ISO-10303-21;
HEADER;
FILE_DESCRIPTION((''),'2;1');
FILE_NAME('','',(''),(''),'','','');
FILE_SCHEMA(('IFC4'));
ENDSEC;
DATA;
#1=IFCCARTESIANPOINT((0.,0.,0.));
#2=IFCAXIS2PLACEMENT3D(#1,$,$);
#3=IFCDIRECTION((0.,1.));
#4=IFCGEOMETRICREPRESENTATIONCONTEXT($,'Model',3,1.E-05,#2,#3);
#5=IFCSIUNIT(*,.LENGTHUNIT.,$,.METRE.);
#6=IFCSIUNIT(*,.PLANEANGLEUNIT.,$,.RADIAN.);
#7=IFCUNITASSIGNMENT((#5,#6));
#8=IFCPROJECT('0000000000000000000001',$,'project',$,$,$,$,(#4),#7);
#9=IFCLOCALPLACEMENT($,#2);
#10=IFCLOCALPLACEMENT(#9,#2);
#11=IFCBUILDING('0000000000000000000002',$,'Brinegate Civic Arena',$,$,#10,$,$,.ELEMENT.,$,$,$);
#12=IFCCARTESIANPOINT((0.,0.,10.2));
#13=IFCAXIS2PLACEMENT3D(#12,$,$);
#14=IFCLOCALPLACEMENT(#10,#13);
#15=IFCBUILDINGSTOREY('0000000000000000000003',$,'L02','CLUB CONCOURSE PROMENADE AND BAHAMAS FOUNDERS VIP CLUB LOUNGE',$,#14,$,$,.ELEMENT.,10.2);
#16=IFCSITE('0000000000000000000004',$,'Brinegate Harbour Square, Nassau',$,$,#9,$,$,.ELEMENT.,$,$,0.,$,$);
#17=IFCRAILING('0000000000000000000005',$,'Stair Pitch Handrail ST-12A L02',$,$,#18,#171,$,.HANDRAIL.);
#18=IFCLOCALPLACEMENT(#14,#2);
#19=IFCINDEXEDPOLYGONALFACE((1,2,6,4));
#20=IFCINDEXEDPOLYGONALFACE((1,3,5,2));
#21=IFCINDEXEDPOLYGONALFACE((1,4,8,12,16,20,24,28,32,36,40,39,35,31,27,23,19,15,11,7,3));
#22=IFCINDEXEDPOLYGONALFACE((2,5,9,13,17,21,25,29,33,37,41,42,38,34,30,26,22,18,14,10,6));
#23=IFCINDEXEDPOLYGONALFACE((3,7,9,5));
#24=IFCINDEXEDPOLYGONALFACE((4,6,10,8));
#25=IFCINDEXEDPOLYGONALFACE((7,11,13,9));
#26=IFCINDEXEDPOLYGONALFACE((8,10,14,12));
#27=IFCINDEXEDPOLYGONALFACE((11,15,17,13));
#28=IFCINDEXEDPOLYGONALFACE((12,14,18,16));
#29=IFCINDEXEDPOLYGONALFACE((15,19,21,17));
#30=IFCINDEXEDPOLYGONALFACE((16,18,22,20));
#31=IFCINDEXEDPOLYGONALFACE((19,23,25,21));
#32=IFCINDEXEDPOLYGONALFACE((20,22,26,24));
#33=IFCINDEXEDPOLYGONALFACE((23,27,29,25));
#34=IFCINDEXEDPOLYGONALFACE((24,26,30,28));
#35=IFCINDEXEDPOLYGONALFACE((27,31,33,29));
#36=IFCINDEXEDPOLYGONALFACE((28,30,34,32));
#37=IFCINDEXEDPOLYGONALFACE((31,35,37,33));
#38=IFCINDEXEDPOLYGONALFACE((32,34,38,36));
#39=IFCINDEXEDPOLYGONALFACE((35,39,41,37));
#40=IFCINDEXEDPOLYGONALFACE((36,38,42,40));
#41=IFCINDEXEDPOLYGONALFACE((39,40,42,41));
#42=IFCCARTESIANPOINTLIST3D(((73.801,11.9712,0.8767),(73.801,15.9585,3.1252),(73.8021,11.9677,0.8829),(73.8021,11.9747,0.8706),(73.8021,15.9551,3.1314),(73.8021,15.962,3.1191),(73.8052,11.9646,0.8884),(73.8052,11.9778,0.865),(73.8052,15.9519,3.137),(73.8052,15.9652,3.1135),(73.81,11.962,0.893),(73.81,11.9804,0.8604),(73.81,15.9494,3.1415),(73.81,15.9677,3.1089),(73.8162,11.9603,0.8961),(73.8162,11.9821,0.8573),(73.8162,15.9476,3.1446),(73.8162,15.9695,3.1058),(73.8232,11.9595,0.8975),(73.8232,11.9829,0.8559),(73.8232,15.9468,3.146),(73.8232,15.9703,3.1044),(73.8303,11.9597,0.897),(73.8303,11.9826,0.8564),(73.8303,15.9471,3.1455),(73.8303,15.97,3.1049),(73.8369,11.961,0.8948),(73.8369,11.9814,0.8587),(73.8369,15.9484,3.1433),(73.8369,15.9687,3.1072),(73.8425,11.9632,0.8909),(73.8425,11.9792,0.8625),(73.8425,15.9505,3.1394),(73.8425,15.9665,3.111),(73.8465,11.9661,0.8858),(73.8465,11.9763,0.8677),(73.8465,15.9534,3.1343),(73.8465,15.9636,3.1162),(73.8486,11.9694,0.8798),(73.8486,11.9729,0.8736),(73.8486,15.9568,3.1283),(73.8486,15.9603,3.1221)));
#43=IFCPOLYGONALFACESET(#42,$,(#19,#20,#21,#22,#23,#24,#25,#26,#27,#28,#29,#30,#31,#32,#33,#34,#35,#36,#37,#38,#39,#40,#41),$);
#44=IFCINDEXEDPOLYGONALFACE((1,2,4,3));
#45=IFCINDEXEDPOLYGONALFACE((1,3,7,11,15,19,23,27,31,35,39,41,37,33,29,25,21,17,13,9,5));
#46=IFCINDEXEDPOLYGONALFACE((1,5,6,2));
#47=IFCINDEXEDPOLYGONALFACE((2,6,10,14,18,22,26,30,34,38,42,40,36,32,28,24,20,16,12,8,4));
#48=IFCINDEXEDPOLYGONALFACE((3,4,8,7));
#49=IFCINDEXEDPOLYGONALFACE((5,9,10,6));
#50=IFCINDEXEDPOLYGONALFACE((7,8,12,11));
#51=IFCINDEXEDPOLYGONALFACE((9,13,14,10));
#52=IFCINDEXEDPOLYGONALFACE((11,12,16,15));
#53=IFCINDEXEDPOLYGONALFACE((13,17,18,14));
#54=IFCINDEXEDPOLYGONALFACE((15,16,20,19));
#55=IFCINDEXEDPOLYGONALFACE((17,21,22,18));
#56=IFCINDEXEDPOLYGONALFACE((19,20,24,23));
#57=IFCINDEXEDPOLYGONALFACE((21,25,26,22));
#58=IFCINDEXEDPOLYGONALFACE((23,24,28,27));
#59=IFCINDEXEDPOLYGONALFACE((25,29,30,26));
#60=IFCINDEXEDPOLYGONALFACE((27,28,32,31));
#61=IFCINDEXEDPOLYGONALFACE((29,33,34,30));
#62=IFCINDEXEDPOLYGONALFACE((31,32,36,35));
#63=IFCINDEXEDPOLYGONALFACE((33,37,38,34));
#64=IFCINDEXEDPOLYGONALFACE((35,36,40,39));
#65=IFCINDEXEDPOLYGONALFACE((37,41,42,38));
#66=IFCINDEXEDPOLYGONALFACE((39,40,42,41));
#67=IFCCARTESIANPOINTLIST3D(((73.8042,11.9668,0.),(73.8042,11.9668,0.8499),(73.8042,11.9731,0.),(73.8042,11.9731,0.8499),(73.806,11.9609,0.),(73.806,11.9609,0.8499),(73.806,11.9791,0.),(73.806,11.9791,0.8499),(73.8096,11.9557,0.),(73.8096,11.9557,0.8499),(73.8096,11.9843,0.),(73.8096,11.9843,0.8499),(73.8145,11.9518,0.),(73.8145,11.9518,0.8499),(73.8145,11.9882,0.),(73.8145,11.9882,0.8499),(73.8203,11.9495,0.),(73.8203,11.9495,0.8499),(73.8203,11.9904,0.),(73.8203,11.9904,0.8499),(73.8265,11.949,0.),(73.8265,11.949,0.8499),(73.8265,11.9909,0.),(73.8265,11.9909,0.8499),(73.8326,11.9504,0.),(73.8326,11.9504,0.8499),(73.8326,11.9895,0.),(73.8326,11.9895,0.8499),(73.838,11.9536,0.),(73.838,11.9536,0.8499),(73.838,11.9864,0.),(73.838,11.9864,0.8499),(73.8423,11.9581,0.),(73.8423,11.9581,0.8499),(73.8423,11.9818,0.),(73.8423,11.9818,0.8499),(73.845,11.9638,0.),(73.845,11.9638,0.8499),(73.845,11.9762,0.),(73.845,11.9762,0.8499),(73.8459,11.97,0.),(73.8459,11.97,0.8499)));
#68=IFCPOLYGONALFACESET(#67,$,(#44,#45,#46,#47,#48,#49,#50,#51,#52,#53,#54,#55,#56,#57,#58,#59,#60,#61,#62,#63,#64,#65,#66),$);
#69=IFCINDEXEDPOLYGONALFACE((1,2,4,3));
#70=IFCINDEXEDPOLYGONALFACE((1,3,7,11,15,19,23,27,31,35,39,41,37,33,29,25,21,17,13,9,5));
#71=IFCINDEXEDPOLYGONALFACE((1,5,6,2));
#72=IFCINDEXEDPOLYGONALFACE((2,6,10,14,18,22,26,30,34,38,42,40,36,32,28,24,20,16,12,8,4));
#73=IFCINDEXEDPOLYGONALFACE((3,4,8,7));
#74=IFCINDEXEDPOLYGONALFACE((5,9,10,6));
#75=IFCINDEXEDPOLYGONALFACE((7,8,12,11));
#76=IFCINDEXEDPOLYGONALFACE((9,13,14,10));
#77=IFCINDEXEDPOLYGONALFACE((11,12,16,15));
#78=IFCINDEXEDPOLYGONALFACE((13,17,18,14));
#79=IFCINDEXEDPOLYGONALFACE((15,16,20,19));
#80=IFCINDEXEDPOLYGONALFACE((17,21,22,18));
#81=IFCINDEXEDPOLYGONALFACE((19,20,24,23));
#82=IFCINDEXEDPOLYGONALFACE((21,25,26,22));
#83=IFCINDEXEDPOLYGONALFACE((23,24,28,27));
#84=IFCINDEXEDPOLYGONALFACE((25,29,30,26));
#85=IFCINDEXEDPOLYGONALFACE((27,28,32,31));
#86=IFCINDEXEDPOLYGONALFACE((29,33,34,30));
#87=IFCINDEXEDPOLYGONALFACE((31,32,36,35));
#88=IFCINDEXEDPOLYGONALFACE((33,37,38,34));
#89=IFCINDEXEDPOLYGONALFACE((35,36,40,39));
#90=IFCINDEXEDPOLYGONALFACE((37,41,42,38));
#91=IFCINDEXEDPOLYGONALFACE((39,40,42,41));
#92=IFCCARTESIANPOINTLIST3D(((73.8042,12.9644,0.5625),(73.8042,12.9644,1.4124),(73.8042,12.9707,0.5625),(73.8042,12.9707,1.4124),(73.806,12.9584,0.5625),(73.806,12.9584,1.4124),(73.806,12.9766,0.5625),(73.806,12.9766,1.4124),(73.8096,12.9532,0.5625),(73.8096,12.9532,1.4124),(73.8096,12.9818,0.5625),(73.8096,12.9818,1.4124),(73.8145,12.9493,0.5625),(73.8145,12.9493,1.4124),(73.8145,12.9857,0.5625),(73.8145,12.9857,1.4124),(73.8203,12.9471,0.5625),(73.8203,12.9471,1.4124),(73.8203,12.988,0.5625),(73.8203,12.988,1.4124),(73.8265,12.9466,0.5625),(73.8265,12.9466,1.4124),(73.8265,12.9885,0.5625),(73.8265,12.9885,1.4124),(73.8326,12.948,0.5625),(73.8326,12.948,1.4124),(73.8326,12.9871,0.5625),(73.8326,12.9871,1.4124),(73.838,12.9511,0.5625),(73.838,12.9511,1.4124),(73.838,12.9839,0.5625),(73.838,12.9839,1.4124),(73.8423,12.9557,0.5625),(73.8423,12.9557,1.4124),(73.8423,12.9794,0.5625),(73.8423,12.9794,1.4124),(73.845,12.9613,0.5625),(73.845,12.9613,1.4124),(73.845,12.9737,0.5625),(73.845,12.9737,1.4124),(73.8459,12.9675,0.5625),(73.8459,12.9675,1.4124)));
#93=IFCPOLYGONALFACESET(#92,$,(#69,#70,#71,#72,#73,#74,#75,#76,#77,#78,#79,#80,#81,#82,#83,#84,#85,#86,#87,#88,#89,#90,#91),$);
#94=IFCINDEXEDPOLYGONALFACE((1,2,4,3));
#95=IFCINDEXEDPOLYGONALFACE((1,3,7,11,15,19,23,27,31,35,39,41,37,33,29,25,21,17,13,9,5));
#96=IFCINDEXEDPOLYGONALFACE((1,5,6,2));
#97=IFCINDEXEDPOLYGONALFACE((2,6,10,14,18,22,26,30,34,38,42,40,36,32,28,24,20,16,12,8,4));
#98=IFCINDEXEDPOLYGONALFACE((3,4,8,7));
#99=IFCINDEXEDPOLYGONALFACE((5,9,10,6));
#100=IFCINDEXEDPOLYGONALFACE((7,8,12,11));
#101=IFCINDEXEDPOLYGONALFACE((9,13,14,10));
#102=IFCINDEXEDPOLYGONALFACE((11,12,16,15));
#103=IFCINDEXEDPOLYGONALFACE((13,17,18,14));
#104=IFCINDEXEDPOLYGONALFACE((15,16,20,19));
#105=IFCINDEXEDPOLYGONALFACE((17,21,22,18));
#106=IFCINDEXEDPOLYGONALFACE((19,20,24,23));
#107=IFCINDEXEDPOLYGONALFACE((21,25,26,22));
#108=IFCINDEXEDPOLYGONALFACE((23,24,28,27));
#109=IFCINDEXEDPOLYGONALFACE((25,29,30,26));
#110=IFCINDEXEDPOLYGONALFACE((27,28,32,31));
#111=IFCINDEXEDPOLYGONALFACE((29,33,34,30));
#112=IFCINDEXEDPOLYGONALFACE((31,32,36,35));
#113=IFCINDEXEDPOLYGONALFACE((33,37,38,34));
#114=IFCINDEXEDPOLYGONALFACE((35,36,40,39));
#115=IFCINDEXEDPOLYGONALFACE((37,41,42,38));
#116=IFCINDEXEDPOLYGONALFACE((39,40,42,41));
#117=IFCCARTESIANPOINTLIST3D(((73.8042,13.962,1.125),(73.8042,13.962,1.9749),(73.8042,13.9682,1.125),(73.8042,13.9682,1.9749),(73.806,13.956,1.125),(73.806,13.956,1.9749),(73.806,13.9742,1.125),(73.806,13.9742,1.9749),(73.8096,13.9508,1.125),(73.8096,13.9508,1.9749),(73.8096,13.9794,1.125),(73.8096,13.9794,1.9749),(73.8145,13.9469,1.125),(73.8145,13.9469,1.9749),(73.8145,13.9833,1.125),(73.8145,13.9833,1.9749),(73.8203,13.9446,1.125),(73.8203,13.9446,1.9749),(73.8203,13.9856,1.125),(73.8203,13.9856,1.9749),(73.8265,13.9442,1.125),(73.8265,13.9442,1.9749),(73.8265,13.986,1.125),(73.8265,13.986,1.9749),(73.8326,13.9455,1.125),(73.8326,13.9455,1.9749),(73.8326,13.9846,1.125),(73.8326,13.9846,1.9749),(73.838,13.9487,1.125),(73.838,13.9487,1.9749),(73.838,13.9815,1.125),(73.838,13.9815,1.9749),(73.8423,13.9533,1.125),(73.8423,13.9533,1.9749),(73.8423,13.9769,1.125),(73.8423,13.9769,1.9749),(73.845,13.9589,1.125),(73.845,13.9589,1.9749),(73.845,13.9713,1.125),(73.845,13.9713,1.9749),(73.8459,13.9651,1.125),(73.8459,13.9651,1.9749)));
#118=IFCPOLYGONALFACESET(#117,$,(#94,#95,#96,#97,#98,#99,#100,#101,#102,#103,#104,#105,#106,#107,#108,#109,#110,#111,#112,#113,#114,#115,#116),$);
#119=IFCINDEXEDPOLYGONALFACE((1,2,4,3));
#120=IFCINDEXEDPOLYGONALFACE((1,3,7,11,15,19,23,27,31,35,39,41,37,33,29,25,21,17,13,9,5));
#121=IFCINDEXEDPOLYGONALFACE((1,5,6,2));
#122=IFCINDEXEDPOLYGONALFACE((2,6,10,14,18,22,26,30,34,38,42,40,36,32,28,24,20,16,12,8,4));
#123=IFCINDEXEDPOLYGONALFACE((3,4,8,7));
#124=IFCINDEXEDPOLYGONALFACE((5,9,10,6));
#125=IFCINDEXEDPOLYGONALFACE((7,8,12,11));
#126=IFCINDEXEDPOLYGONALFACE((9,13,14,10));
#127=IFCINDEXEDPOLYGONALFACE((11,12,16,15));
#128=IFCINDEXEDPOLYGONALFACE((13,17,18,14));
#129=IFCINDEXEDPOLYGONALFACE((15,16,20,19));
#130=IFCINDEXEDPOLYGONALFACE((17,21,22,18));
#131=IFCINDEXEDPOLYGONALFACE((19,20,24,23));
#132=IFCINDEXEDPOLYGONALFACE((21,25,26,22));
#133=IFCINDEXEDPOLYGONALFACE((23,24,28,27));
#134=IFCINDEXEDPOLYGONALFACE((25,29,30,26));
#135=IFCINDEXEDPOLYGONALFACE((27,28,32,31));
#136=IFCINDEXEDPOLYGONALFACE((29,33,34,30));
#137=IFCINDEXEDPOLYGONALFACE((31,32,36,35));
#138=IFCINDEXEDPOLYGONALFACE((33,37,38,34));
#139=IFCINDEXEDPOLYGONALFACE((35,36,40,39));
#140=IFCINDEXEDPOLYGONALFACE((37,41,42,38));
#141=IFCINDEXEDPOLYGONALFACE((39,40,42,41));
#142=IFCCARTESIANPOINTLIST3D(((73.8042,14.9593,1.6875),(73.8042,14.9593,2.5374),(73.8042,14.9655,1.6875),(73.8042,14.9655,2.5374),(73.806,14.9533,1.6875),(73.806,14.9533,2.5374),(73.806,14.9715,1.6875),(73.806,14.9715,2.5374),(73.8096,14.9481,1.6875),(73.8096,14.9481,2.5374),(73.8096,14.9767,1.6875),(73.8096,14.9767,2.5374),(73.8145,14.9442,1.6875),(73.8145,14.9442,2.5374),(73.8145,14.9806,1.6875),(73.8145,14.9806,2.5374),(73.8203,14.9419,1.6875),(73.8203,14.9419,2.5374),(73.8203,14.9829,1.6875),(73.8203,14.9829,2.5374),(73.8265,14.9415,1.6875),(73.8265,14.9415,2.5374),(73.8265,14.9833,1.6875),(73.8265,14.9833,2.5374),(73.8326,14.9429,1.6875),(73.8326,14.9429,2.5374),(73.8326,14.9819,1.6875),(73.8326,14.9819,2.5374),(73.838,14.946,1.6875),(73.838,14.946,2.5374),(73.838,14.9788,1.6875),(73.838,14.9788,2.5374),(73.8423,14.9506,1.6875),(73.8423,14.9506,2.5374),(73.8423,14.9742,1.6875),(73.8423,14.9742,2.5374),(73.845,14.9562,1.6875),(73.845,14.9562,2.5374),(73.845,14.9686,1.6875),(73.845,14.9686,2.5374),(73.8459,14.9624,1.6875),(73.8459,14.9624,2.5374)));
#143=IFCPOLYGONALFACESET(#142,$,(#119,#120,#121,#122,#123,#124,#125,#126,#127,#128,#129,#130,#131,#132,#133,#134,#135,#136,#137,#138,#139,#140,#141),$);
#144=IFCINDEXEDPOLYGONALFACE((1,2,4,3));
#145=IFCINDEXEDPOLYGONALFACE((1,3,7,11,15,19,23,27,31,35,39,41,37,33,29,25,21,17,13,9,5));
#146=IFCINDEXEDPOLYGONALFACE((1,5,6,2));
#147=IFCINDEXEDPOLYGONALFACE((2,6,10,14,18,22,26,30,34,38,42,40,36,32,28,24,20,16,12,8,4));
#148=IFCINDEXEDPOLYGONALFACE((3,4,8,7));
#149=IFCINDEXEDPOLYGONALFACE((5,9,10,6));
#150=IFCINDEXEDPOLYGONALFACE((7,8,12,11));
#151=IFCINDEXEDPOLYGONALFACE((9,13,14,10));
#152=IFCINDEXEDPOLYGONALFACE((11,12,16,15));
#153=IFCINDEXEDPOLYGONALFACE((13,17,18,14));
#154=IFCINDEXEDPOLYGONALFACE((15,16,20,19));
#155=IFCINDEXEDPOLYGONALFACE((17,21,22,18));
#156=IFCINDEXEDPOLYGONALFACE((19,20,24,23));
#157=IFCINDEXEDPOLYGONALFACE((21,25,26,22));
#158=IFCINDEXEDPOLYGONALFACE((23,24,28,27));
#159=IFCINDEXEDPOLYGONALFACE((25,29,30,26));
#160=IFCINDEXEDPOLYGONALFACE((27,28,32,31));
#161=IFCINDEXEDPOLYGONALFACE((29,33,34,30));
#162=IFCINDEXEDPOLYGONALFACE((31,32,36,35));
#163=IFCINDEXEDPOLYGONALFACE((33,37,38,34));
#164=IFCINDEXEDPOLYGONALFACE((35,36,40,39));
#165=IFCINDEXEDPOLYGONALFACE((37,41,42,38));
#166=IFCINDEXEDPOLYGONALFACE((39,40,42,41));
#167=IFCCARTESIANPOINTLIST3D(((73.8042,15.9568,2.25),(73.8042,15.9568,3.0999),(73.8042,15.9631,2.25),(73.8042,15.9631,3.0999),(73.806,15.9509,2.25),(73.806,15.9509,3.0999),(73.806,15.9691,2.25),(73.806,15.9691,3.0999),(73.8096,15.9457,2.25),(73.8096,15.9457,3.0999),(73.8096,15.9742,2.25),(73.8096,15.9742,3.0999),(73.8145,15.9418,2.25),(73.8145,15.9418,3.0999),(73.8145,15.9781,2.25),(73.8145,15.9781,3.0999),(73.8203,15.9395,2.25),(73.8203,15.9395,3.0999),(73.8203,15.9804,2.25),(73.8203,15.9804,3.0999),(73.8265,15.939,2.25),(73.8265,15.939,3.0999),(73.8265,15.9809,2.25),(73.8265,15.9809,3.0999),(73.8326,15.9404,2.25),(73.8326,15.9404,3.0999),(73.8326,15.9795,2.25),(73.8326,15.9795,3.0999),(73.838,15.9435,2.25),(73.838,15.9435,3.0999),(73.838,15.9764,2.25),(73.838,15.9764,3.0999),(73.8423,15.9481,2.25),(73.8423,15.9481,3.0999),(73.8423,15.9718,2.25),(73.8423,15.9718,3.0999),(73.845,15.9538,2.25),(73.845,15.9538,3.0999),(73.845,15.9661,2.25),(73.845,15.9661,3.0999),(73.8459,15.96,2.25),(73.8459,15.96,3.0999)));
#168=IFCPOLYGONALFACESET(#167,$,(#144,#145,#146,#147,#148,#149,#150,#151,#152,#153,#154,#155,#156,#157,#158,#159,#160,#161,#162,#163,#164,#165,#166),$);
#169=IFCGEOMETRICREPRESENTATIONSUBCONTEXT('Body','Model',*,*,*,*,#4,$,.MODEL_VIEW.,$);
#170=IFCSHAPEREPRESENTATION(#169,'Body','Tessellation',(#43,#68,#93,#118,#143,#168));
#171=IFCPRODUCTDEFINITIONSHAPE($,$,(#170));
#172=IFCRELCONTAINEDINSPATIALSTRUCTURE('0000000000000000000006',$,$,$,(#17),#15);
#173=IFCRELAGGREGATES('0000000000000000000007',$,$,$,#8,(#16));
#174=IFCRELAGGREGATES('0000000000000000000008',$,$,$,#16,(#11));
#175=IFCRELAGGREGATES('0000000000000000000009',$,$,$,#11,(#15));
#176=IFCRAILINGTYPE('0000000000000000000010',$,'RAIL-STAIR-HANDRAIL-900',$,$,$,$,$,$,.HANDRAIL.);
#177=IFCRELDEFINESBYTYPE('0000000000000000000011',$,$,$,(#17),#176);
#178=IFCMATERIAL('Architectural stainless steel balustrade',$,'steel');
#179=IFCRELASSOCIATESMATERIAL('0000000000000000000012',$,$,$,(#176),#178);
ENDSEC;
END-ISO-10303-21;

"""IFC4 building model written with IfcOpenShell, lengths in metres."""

from ifc_helpers import new_model, si_unit, direction, frame, origin, origin_2d, place, context, subcontext, project, spatial, circle, extrude, material, type_object, element, save


model = new_model("IFC4")

# Units and contexts
model_context = context("Model", 3, precision=1e-05, world=origin(), true_north=direction((0.0, 1.0)))
body_context = subcontext(model_context, "Body", "Model", "MODEL_VIEW")
ifc_project = project(units=[si_unit("LENGTHUNIT", "METRE"), si_unit("PLANEANGLEUNIT", "RADIAN")], contexts=[model_context])

# Site, building, storey
site_placement = place(None, origin())
site = spatial("IfcSite", under=ifc_project, at=site_placement, Name="Brinegate Harbour Square, Nassau", CompositionType="ELEMENT", RefElevation=0.0)
building_placement = place(site_placement, origin())
building = spatial("IfcBuilding", under=site, at=building_placement, Name="Brinegate Civic Arena", CompositionType="ELEMENT")
storey_placement = place(building_placement, frame((0.0, 0.0, 10.2)))
storey = spatial("IfcBuildingStorey", under=building, at=storey_placement, Name="L02", Description="CLUB CONCOURSE PROMENADE AND BAHAMAS FOUNDERS VIP CLUB LOUNGE", CompositionType="ELEMENT", Elevation=10.2)

# Railing
ifc_material_1 = material(Name="Architectural stainless steel balustrade", Category="steel")
railing_type_1 = type_object("IfcRailingType", Name="RAIL-STAIR-HANDRAIL-900", PredefinedType="HANDRAIL", material=ifc_material_1)
for number, where, name in (
    (1, (73.825, 11.97, 0.0), "Stair Pitch Handrail ST-12A L02"),
):
    element("IfcRailing", number, at=place(storey_placement, frame(where)), inside=storey, type_object=railing_type_1, Name=name, PredefinedType="HANDRAIL", context=body_context, shape_type="SweptSolid", body=[
        extrude(circle(Radius=0.0239, at=origin_2d()), frame((0.0, 0.0012, 0.8767), z_axis=(0.0, 0.87105, 0.491195), x_axis=(-1.0, 0.0, 0.0)), (0.0, 0.0, 1.0), 4.5776),
        extrude(circle(Radius=0.021, at=origin_2d()), origin(), (0.0, 0.0, 1.0), 0.8499),
        extrude(circle(Radius=0.021, at=origin_2d()), frame((0.0, 0.9976, 0.5625)), (0.0, 0.0, 1.0), 0.8499),
        extrude(circle(Radius=0.021, at=origin_2d()), frame((0.0, 1.9951, 1.125)), (0.0, 0.0, 1.0), 0.8499),
        extrude(circle(Radius=0.021, at=origin_2d()), frame((0.0, 2.9924, 1.6875)), (0.0, 0.0, 1.0), 0.8499),
        extrude(circle(Radius=0.021, at=origin_2d()), frame((0.0, 3.99, 2.25)), (0.0, 0.0, 1.0), 0.8499),
    ])

save(model, "model.ifc")
